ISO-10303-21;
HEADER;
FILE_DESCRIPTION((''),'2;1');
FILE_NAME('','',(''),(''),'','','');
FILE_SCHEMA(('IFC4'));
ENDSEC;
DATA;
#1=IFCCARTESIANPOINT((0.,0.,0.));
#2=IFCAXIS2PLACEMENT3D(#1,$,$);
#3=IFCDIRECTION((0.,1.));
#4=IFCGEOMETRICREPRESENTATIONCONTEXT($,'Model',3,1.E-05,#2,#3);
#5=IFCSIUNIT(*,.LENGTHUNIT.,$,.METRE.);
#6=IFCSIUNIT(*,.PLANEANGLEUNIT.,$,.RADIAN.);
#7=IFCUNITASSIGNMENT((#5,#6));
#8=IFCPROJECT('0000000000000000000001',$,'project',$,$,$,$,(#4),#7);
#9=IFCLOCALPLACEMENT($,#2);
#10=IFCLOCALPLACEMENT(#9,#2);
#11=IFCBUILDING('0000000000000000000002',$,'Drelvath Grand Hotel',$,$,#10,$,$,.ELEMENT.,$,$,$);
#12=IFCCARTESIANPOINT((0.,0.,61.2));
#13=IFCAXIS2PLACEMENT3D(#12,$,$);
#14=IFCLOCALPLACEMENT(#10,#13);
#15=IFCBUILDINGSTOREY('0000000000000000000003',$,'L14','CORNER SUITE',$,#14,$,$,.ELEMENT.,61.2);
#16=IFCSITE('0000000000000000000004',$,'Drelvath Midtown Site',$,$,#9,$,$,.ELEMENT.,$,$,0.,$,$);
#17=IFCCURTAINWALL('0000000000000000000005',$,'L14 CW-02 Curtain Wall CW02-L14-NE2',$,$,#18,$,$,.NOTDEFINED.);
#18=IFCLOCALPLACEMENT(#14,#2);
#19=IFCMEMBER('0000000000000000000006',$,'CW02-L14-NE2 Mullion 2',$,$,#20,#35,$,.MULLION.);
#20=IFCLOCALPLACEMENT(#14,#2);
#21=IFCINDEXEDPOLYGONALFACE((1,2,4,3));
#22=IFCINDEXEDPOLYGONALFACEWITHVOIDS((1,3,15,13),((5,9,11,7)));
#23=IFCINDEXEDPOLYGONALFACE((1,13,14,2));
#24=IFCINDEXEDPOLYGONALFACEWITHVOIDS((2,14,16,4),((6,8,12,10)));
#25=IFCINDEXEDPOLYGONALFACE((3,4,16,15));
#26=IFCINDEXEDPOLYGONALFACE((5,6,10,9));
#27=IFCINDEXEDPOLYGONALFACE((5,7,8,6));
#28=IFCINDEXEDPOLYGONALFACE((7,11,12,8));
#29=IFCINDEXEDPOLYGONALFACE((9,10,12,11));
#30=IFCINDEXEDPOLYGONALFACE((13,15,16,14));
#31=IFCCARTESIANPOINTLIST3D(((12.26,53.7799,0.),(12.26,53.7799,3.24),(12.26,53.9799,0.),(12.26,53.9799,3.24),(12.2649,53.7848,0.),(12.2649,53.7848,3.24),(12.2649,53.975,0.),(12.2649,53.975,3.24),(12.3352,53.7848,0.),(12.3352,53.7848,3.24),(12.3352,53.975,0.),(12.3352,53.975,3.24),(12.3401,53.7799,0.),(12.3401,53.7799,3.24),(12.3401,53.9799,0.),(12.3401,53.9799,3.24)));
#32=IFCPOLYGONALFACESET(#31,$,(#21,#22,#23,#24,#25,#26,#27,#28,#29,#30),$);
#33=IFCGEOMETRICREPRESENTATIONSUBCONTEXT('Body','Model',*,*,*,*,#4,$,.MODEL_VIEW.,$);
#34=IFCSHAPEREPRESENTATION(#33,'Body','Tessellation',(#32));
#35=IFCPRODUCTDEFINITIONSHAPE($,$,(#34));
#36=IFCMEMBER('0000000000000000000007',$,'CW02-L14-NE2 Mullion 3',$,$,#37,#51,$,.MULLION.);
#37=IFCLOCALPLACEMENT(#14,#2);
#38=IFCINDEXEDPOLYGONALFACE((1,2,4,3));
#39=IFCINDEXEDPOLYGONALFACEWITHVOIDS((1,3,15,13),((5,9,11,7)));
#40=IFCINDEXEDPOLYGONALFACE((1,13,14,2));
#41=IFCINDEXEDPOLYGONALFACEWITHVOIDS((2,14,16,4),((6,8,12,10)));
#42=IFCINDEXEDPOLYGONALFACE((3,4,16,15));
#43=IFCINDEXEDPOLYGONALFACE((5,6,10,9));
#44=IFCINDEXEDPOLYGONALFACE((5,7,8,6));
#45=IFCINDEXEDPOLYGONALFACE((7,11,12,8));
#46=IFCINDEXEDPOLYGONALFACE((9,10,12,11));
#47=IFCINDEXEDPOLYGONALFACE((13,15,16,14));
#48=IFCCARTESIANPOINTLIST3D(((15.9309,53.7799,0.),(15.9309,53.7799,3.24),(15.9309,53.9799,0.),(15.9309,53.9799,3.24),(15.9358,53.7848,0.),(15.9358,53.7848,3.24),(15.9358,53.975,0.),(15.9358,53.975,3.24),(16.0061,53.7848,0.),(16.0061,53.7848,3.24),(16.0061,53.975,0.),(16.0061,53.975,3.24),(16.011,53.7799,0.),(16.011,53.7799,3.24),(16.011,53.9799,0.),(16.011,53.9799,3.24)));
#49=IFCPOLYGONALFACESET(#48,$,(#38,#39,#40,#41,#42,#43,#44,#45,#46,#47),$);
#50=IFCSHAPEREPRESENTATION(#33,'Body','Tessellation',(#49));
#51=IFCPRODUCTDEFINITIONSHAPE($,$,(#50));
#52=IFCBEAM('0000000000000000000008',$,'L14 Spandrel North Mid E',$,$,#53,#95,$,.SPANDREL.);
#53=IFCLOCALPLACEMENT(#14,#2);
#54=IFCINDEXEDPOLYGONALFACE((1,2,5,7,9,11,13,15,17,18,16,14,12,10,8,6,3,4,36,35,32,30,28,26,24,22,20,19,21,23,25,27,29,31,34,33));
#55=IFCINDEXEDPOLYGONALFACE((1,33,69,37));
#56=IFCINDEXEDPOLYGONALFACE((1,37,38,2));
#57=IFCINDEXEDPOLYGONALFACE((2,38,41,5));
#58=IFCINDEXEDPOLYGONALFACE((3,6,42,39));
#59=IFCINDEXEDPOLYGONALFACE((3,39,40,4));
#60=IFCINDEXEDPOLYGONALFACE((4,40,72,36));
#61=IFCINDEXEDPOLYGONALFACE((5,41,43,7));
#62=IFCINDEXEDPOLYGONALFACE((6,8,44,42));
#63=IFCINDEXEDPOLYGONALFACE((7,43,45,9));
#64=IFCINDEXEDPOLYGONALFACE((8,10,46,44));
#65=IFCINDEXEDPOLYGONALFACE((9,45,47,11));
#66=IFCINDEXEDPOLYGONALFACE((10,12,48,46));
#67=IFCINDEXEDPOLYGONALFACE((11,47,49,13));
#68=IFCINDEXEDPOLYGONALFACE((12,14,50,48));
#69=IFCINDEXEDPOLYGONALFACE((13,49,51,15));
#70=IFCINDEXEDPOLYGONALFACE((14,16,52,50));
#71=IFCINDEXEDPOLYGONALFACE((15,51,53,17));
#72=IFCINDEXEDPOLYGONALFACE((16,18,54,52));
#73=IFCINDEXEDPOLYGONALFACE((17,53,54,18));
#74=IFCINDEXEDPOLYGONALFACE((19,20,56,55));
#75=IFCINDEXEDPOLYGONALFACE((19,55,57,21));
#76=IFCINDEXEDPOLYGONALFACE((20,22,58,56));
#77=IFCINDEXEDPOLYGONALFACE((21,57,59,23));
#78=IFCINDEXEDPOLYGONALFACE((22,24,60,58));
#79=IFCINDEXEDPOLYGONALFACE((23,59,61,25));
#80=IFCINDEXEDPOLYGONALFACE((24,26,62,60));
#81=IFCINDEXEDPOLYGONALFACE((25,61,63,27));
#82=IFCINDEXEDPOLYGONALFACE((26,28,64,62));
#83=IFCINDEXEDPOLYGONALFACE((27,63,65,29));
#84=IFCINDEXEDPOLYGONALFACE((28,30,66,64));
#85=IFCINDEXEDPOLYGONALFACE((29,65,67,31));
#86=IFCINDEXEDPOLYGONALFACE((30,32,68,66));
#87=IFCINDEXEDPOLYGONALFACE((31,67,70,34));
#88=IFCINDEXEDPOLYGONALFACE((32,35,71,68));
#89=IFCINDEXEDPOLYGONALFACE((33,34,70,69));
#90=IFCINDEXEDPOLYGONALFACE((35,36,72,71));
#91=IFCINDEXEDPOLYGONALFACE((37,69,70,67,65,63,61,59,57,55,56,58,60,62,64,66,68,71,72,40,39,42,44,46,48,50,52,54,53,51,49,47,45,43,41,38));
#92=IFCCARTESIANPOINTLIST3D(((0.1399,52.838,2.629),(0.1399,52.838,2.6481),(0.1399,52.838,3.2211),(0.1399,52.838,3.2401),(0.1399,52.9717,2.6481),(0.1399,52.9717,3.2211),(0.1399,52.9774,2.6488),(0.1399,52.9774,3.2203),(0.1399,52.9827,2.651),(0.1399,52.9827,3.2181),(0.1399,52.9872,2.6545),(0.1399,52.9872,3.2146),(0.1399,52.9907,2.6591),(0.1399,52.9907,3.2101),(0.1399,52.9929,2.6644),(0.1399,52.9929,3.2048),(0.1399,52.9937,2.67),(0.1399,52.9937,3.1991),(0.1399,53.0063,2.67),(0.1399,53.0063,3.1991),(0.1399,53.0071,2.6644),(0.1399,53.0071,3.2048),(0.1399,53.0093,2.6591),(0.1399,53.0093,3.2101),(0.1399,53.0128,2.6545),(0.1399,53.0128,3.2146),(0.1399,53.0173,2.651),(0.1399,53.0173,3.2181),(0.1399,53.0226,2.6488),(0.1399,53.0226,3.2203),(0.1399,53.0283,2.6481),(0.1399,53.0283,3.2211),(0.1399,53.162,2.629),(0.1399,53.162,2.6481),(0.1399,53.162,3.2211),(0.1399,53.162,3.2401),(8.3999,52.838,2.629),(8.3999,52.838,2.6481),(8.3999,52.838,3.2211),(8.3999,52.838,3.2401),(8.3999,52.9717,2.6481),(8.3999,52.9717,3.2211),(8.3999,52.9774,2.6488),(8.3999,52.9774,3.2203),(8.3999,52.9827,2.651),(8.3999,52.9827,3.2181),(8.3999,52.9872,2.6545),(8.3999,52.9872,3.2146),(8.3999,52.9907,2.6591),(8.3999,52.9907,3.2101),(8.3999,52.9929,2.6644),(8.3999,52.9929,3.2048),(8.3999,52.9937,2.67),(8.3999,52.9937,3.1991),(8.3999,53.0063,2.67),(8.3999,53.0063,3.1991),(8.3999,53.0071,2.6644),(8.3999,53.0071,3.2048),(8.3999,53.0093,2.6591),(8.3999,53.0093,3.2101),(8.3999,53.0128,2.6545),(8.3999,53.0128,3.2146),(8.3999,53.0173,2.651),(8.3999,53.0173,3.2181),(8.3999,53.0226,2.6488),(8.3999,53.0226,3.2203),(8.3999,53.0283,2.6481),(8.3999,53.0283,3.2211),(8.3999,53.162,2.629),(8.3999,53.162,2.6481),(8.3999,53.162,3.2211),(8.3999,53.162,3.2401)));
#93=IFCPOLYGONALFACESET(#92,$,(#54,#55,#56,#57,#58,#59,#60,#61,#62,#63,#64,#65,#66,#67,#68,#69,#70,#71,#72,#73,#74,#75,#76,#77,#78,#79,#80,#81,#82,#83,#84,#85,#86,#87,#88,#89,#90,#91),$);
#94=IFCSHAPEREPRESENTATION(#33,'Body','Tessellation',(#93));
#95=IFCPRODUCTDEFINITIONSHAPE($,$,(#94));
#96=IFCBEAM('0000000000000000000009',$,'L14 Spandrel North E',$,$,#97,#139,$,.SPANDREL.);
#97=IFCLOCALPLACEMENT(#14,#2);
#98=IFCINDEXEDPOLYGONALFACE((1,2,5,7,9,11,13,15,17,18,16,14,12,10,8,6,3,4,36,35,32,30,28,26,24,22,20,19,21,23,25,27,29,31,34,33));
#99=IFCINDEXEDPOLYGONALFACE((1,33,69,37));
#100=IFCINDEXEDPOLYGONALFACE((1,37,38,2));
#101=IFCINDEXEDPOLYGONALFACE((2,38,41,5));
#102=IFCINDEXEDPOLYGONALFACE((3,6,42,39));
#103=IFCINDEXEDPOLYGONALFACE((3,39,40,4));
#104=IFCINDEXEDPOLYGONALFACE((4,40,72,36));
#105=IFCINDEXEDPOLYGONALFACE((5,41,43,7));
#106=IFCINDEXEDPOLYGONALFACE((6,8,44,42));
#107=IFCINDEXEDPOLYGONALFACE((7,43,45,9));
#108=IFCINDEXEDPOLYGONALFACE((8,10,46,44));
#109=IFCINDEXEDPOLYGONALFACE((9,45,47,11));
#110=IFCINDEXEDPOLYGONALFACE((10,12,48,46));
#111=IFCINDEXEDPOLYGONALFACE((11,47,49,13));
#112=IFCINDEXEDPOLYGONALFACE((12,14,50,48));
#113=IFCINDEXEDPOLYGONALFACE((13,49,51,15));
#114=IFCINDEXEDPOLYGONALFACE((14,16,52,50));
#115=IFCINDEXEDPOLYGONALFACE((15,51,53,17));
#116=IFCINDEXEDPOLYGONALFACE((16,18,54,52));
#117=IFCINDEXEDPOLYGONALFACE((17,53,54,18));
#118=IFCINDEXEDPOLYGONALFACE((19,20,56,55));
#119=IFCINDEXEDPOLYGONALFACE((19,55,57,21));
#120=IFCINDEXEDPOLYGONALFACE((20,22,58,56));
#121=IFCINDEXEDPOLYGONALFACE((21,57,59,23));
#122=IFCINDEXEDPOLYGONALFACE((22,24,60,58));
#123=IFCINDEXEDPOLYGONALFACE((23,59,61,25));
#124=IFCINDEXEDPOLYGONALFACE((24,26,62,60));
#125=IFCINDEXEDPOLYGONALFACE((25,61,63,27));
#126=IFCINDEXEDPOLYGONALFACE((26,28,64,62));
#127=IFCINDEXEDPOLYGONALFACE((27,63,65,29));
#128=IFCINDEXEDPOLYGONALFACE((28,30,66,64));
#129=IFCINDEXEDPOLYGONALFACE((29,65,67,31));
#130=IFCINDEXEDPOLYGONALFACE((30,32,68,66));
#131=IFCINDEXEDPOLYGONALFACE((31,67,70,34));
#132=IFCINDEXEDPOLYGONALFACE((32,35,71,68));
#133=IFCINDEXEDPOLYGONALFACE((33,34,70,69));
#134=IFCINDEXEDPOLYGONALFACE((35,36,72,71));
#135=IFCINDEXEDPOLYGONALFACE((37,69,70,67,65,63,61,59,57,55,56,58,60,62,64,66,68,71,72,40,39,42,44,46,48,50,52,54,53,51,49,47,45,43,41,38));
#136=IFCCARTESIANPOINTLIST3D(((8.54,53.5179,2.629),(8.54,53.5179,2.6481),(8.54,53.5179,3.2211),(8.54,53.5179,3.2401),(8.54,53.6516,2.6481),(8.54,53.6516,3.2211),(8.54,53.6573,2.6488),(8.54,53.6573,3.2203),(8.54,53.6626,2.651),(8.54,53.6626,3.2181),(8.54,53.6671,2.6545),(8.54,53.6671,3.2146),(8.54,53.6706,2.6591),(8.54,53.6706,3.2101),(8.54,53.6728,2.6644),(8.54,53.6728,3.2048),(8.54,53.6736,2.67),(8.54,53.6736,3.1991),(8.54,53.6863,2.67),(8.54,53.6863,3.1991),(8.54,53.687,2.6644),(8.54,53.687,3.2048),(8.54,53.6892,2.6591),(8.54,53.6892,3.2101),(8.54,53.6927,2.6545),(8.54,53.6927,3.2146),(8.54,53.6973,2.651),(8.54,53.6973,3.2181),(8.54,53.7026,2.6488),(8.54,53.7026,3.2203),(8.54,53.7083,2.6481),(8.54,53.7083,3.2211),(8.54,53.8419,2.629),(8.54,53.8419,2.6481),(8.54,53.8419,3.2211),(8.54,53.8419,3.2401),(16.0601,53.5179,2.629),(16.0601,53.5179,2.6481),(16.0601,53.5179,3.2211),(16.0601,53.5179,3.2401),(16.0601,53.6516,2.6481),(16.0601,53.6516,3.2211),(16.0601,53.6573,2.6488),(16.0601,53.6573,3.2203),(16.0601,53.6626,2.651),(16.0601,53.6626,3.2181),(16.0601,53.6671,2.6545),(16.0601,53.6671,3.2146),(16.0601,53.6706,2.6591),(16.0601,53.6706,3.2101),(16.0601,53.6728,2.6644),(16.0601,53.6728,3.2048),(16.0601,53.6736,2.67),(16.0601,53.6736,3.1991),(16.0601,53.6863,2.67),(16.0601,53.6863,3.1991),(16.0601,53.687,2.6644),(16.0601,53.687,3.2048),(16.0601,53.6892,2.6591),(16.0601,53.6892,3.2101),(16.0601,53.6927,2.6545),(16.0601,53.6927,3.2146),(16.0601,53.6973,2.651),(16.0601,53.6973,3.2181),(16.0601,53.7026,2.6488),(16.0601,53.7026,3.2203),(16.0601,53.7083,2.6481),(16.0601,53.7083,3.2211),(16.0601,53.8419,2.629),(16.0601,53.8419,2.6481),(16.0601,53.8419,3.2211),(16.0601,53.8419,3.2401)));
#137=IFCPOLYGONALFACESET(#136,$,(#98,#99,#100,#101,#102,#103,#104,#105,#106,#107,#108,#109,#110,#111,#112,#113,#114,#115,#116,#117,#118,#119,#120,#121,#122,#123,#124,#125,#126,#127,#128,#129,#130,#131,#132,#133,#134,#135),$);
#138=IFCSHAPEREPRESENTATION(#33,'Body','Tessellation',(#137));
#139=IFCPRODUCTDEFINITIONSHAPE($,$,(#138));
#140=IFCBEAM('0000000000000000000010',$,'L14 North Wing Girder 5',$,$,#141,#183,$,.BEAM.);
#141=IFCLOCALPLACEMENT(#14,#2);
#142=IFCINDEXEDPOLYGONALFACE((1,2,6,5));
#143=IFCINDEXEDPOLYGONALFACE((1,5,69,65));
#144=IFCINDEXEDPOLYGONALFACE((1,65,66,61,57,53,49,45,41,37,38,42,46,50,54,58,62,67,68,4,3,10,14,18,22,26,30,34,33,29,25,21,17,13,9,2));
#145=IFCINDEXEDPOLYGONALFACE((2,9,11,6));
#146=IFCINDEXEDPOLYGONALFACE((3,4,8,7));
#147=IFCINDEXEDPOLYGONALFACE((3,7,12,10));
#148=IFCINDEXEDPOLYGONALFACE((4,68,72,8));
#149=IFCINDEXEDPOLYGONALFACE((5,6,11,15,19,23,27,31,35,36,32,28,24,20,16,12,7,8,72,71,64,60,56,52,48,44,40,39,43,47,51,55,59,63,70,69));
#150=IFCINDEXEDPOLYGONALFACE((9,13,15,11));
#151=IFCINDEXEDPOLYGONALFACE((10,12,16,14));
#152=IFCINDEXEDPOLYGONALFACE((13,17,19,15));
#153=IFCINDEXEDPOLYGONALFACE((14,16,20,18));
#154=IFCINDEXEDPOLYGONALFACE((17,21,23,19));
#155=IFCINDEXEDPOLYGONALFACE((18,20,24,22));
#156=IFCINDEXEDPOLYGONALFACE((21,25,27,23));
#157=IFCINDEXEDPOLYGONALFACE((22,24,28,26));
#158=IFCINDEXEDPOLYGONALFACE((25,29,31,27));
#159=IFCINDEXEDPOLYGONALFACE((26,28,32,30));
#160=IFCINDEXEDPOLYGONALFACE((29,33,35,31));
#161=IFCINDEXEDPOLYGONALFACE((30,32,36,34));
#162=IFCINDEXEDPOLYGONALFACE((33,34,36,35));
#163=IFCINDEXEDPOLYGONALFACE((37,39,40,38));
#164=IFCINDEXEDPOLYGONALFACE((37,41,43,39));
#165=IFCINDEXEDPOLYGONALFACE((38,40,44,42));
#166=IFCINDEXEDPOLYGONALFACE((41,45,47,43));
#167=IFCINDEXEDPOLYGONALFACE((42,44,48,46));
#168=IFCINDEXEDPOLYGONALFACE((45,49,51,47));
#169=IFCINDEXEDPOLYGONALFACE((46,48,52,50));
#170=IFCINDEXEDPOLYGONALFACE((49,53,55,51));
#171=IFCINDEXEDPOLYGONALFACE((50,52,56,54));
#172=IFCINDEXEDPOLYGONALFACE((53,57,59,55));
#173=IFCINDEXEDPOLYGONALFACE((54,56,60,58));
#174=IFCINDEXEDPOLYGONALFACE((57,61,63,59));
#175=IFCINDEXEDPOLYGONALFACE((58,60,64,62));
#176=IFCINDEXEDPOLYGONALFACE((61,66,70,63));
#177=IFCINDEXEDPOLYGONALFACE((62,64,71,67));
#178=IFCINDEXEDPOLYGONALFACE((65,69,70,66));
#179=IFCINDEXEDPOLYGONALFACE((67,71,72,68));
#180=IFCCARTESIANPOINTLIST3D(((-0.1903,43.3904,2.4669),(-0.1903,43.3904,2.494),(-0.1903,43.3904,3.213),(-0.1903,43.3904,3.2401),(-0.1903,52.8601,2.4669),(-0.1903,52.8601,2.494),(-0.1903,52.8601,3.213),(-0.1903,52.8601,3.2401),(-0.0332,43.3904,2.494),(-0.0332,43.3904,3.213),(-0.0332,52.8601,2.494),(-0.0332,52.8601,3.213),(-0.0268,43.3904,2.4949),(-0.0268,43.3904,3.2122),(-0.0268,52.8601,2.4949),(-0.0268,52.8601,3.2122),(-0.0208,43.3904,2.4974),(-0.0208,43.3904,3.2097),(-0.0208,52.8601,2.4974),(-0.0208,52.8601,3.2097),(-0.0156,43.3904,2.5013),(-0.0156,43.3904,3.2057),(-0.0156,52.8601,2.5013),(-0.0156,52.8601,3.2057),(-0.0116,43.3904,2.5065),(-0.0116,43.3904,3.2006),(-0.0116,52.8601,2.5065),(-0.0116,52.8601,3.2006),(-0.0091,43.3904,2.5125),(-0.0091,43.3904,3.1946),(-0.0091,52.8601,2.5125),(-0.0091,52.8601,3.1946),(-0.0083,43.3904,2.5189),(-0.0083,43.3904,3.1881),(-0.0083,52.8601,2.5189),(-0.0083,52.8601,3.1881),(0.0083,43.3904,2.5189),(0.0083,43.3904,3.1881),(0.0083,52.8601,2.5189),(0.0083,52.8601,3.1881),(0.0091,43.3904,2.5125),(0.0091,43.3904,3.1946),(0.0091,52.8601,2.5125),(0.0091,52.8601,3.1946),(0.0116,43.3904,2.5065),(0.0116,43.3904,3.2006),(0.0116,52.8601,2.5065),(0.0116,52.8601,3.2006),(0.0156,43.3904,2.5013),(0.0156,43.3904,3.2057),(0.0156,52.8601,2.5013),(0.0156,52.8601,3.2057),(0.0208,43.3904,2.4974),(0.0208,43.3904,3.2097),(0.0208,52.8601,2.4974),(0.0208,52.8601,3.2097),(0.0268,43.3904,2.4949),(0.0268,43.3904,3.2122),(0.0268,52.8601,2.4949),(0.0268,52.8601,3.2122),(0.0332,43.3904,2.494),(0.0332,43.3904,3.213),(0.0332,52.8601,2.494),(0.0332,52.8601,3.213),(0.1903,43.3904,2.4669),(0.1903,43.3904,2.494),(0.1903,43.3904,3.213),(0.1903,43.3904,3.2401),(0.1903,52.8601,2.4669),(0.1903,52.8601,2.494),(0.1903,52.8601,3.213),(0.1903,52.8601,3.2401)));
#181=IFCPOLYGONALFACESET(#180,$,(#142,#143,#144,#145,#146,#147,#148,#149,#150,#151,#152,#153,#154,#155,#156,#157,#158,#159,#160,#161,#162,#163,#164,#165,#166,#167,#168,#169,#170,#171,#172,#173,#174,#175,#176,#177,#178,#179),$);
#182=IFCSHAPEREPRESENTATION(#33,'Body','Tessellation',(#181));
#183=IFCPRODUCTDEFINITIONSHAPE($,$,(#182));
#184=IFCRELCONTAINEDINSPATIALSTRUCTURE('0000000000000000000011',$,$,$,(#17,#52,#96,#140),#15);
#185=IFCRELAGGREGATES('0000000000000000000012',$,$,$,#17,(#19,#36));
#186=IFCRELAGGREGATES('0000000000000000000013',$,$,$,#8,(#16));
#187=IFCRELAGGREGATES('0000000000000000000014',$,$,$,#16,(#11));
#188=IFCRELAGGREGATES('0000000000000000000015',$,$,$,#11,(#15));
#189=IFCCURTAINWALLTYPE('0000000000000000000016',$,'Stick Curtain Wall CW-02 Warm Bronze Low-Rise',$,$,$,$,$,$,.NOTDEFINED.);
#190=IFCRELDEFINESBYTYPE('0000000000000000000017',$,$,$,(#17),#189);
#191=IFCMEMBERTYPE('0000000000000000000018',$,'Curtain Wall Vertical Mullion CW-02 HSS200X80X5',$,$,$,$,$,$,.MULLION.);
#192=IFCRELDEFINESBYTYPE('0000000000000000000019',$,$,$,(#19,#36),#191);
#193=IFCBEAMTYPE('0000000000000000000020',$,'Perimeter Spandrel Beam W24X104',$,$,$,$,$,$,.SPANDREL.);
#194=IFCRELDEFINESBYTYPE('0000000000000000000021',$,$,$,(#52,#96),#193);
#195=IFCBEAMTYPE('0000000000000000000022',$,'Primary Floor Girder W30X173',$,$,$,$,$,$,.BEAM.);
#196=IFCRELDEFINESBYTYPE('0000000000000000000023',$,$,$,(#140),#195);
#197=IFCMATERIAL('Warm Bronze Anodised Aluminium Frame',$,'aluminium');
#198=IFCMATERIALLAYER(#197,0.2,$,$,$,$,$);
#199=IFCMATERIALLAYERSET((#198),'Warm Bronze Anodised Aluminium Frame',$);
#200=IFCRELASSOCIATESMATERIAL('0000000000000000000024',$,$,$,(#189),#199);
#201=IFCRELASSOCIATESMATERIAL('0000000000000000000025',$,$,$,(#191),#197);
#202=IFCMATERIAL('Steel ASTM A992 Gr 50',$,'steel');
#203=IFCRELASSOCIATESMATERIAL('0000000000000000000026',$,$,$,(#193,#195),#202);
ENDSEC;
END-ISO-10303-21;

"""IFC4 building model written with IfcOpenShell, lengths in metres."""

from ifc_helpers import new_model, si_unit, direction, frame, origin, origin_2d, place, context, subcontext, project, spatial, hollow_rectangle, i_section, extrude, material, layer, layer_set, material_profile, profile_set, type_object, element, aggregate, save


model = new_model("IFC4")

# Units and contexts
model_context = context("Model", 3, precision=1e-05, world=origin(), true_north=direction((0.0, 1.0)))
body_context = subcontext(model_context, "Body", "Model", "MODEL_VIEW")
ifc_project = project(units=[si_unit("LENGTHUNIT", "METRE"), si_unit("PLANEANGLEUNIT", "RADIAN")], contexts=[model_context])

# Site, building, storey
site_placement = place(None, origin())
site = spatial("IfcSite", under=ifc_project, at=site_placement, Name="Drelvath Midtown Site", CompositionType="ELEMENT", RefElevation=0.0)
building_placement = place(site_placement, origin())
building = spatial("IfcBuilding", under=site, at=building_placement, Name="Drelvath Grand Hotel", CompositionType="ELEMENT")
storey_placement = place(building_placement, frame((0.0, 0.0, 61.2)))
storey = spatial("IfcBuildingStorey", under=building, at=storey_placement, Name="L14", Description="CORNER SUITE", CompositionType="ELEMENT", Elevation=61.2)

# Curtain wall
ifc_material_1 = material(Name="Warm Bronze Anodised Aluminium Frame", Category="aluminium")
ifc_layer_1 = layer(ifc_material_1, 0.2)
ifc_layer_set_1 = layer_set([ifc_layer_1], Name="Warm Bronze Anodised Aluminium Frame")
curtain_wall_type = type_object("IfcCurtainWallType", Name="Stick Curtain Wall CW-02 Warm Bronze Low-Rise", PredefinedType="NOTDEFINED", material=ifc_layer_set_1)
curtain_wall_1_placement = place(storey_placement, origin())
curtain_wall_1 = element("IfcCurtainWall", 1, at=curtain_wall_1_placement, inside=storey, type_object=curtain_wall_type, Name="L14 CW-02 Curtain Wall CW02-L14-NE2", PredefinedType="NOTDEFINED")

# Members
ifc_material_profile_1 = material_profile(ifc_material_1, hollow_rectangle(XDim=0.0801, YDim=0.2, WallThickness=0.0049, at=origin_2d()), Name="HSS200X80X5")
ifc_profile_set_1 = profile_set([ifc_material_profile_1], Name="Warm Bronze Anodised Aluminium Frame")
member_type_1 = type_object("IfcMemberType", Name="Curtain Wall Vertical Mullion CW-02 HSS200X80X5", PredefinedType="MULLION", material=ifc_profile_set_1)
member_1_placement = place(storey_placement, frame((12.3, 53.8799, 0.0), z_axis=(0.0, 0.0, 1.0), x_axis=(1.0, 0.0, 0.0)))
member_1 = element("IfcMember", 2, at=member_1_placement, type_object=member_type_1, Name="CW02-L14-NE2 Mullion 2", PredefinedType="MULLION", context=body_context, shape_type="SweptSolid", body=[
    extrude(hollow_rectangle(XDim=0.0801, YDim=0.2, WallThickness=0.0049, at=origin_2d()), origin(), (0.0, 0.0, 1.0), 3.24),
])
member_2_placement = place(storey_placement, frame((15.9709, 53.8799, 0.0), z_axis=(0.0, 0.0, 1.0), x_axis=(1.0, 0.0, 0.0)))
member_2 = element("IfcMember", 3, at=member_2_placement, type_object=member_type_1, Name="CW02-L14-NE2 Mullion 3", PredefinedType="MULLION", context=body_context, shape_type="SweptSolid", body=[
    extrude(hollow_rectangle(XDim=0.0801, YDim=0.2, WallThickness=0.0049, at=origin_2d()), origin(), (0.0, 0.0, 1.0), 3.24),
])

# Beams
ifc_material_2 = material(Name="Steel ASTM A992 Gr 50", Category="steel")
ifc_material_profile_2 = material_profile(ifc_material_2, i_section(OverallWidth=0.324, OverallDepth=0.6111, WebThickness=0.0127, FlangeThickness=0.019, FilletRadius=0.022, at=origin_2d()), Name="W24X104")
ifc_profile_set_2 = profile_set([ifc_material_profile_2], Name="Steel ASTM A992 Gr 50")
beam_type_1 = type_object("IfcBeamType", Name="Perimeter Spandrel Beam W24X104", PredefinedType="SPANDREL", material=ifc_profile_set_2)
beam_1_placement = place(storey_placement, frame((0.1399, 53.0, 2.9346), z_axis=(1.0, 0.0, 0.0), x_axis=(0.0, 1.0, 0.0)))
element("IfcBeam", 4, at=beam_1_placement, inside=storey, type_object=beam_type_1, Name="L14 Spandrel North Mid E", PredefinedType="SPANDREL", context=body_context, shape_type="SweptSolid", body=[
    extrude(i_section(OverallWidth=0.324, OverallDepth=0.6111, WebThickness=0.0127, FlangeThickness=0.019, FilletRadius=0.022, at=origin_2d()), origin(), (0.0, 0.0, 1.0), 8.26),
])
beam_2_placement = place(storey_placement, frame((8.54, 53.6799, 2.9346), z_axis=(1.0, 0.0, 0.0), x_axis=(0.0, 1.0, 0.0)))
element("IfcBeam", 5, at=beam_2_placement, inside=storey, type_object=beam_type_1, Name="L14 Spandrel North E", PredefinedType="SPANDREL", context=body_context, shape_type="SweptSolid", body=[
    extrude(i_section(OverallWidth=0.324, OverallDepth=0.6111, WebThickness=0.0127, FlangeThickness=0.019, FilletRadius=0.022, at=origin_2d()), origin(), (0.0, 0.0, 1.0), 7.52),
])
ifc_material_profile_3 = material_profile(ifc_material_2, i_section(OverallWidth=0.3806, OverallDepth=0.7732, WebThickness=0.0166, FlangeThickness=0.0271, FilletRadius=0.0249, at=origin_2d()), Name="W30X173")
ifc_profile_set_3 = profile_set([ifc_material_profile_3], Name="Steel ASTM A992 Gr 50")
beam_type_2 = type_object("IfcBeamType", Name="Primary Floor Girder W30X173", PredefinedType="BEAM", material=ifc_profile_set_3)
beam_3_placement = place(storey_placement, frame((0.0, 43.3904, 2.8535), z_axis=(0.0, 1.0, 0.0), x_axis=(-1.0, 0.0, 0.0)))
element("IfcBeam", 6, at=beam_3_placement, inside=storey, type_object=beam_type_2, Name="L14 North Wing Girder 5", PredefinedType="BEAM", context=body_context, shape_type="SweptSolid", body=[
    extrude(i_section(OverallWidth=0.3806, OverallDepth=0.7732, WebThickness=0.0166, FlangeThickness=0.0271, FilletRadius=0.0249, at=origin_2d()), origin(), (0.0, 0.0, 1.0), 9.4697),
])

aggregate(curtain_wall_1, [member_1, member_2])

save(model, "model.ifc")
